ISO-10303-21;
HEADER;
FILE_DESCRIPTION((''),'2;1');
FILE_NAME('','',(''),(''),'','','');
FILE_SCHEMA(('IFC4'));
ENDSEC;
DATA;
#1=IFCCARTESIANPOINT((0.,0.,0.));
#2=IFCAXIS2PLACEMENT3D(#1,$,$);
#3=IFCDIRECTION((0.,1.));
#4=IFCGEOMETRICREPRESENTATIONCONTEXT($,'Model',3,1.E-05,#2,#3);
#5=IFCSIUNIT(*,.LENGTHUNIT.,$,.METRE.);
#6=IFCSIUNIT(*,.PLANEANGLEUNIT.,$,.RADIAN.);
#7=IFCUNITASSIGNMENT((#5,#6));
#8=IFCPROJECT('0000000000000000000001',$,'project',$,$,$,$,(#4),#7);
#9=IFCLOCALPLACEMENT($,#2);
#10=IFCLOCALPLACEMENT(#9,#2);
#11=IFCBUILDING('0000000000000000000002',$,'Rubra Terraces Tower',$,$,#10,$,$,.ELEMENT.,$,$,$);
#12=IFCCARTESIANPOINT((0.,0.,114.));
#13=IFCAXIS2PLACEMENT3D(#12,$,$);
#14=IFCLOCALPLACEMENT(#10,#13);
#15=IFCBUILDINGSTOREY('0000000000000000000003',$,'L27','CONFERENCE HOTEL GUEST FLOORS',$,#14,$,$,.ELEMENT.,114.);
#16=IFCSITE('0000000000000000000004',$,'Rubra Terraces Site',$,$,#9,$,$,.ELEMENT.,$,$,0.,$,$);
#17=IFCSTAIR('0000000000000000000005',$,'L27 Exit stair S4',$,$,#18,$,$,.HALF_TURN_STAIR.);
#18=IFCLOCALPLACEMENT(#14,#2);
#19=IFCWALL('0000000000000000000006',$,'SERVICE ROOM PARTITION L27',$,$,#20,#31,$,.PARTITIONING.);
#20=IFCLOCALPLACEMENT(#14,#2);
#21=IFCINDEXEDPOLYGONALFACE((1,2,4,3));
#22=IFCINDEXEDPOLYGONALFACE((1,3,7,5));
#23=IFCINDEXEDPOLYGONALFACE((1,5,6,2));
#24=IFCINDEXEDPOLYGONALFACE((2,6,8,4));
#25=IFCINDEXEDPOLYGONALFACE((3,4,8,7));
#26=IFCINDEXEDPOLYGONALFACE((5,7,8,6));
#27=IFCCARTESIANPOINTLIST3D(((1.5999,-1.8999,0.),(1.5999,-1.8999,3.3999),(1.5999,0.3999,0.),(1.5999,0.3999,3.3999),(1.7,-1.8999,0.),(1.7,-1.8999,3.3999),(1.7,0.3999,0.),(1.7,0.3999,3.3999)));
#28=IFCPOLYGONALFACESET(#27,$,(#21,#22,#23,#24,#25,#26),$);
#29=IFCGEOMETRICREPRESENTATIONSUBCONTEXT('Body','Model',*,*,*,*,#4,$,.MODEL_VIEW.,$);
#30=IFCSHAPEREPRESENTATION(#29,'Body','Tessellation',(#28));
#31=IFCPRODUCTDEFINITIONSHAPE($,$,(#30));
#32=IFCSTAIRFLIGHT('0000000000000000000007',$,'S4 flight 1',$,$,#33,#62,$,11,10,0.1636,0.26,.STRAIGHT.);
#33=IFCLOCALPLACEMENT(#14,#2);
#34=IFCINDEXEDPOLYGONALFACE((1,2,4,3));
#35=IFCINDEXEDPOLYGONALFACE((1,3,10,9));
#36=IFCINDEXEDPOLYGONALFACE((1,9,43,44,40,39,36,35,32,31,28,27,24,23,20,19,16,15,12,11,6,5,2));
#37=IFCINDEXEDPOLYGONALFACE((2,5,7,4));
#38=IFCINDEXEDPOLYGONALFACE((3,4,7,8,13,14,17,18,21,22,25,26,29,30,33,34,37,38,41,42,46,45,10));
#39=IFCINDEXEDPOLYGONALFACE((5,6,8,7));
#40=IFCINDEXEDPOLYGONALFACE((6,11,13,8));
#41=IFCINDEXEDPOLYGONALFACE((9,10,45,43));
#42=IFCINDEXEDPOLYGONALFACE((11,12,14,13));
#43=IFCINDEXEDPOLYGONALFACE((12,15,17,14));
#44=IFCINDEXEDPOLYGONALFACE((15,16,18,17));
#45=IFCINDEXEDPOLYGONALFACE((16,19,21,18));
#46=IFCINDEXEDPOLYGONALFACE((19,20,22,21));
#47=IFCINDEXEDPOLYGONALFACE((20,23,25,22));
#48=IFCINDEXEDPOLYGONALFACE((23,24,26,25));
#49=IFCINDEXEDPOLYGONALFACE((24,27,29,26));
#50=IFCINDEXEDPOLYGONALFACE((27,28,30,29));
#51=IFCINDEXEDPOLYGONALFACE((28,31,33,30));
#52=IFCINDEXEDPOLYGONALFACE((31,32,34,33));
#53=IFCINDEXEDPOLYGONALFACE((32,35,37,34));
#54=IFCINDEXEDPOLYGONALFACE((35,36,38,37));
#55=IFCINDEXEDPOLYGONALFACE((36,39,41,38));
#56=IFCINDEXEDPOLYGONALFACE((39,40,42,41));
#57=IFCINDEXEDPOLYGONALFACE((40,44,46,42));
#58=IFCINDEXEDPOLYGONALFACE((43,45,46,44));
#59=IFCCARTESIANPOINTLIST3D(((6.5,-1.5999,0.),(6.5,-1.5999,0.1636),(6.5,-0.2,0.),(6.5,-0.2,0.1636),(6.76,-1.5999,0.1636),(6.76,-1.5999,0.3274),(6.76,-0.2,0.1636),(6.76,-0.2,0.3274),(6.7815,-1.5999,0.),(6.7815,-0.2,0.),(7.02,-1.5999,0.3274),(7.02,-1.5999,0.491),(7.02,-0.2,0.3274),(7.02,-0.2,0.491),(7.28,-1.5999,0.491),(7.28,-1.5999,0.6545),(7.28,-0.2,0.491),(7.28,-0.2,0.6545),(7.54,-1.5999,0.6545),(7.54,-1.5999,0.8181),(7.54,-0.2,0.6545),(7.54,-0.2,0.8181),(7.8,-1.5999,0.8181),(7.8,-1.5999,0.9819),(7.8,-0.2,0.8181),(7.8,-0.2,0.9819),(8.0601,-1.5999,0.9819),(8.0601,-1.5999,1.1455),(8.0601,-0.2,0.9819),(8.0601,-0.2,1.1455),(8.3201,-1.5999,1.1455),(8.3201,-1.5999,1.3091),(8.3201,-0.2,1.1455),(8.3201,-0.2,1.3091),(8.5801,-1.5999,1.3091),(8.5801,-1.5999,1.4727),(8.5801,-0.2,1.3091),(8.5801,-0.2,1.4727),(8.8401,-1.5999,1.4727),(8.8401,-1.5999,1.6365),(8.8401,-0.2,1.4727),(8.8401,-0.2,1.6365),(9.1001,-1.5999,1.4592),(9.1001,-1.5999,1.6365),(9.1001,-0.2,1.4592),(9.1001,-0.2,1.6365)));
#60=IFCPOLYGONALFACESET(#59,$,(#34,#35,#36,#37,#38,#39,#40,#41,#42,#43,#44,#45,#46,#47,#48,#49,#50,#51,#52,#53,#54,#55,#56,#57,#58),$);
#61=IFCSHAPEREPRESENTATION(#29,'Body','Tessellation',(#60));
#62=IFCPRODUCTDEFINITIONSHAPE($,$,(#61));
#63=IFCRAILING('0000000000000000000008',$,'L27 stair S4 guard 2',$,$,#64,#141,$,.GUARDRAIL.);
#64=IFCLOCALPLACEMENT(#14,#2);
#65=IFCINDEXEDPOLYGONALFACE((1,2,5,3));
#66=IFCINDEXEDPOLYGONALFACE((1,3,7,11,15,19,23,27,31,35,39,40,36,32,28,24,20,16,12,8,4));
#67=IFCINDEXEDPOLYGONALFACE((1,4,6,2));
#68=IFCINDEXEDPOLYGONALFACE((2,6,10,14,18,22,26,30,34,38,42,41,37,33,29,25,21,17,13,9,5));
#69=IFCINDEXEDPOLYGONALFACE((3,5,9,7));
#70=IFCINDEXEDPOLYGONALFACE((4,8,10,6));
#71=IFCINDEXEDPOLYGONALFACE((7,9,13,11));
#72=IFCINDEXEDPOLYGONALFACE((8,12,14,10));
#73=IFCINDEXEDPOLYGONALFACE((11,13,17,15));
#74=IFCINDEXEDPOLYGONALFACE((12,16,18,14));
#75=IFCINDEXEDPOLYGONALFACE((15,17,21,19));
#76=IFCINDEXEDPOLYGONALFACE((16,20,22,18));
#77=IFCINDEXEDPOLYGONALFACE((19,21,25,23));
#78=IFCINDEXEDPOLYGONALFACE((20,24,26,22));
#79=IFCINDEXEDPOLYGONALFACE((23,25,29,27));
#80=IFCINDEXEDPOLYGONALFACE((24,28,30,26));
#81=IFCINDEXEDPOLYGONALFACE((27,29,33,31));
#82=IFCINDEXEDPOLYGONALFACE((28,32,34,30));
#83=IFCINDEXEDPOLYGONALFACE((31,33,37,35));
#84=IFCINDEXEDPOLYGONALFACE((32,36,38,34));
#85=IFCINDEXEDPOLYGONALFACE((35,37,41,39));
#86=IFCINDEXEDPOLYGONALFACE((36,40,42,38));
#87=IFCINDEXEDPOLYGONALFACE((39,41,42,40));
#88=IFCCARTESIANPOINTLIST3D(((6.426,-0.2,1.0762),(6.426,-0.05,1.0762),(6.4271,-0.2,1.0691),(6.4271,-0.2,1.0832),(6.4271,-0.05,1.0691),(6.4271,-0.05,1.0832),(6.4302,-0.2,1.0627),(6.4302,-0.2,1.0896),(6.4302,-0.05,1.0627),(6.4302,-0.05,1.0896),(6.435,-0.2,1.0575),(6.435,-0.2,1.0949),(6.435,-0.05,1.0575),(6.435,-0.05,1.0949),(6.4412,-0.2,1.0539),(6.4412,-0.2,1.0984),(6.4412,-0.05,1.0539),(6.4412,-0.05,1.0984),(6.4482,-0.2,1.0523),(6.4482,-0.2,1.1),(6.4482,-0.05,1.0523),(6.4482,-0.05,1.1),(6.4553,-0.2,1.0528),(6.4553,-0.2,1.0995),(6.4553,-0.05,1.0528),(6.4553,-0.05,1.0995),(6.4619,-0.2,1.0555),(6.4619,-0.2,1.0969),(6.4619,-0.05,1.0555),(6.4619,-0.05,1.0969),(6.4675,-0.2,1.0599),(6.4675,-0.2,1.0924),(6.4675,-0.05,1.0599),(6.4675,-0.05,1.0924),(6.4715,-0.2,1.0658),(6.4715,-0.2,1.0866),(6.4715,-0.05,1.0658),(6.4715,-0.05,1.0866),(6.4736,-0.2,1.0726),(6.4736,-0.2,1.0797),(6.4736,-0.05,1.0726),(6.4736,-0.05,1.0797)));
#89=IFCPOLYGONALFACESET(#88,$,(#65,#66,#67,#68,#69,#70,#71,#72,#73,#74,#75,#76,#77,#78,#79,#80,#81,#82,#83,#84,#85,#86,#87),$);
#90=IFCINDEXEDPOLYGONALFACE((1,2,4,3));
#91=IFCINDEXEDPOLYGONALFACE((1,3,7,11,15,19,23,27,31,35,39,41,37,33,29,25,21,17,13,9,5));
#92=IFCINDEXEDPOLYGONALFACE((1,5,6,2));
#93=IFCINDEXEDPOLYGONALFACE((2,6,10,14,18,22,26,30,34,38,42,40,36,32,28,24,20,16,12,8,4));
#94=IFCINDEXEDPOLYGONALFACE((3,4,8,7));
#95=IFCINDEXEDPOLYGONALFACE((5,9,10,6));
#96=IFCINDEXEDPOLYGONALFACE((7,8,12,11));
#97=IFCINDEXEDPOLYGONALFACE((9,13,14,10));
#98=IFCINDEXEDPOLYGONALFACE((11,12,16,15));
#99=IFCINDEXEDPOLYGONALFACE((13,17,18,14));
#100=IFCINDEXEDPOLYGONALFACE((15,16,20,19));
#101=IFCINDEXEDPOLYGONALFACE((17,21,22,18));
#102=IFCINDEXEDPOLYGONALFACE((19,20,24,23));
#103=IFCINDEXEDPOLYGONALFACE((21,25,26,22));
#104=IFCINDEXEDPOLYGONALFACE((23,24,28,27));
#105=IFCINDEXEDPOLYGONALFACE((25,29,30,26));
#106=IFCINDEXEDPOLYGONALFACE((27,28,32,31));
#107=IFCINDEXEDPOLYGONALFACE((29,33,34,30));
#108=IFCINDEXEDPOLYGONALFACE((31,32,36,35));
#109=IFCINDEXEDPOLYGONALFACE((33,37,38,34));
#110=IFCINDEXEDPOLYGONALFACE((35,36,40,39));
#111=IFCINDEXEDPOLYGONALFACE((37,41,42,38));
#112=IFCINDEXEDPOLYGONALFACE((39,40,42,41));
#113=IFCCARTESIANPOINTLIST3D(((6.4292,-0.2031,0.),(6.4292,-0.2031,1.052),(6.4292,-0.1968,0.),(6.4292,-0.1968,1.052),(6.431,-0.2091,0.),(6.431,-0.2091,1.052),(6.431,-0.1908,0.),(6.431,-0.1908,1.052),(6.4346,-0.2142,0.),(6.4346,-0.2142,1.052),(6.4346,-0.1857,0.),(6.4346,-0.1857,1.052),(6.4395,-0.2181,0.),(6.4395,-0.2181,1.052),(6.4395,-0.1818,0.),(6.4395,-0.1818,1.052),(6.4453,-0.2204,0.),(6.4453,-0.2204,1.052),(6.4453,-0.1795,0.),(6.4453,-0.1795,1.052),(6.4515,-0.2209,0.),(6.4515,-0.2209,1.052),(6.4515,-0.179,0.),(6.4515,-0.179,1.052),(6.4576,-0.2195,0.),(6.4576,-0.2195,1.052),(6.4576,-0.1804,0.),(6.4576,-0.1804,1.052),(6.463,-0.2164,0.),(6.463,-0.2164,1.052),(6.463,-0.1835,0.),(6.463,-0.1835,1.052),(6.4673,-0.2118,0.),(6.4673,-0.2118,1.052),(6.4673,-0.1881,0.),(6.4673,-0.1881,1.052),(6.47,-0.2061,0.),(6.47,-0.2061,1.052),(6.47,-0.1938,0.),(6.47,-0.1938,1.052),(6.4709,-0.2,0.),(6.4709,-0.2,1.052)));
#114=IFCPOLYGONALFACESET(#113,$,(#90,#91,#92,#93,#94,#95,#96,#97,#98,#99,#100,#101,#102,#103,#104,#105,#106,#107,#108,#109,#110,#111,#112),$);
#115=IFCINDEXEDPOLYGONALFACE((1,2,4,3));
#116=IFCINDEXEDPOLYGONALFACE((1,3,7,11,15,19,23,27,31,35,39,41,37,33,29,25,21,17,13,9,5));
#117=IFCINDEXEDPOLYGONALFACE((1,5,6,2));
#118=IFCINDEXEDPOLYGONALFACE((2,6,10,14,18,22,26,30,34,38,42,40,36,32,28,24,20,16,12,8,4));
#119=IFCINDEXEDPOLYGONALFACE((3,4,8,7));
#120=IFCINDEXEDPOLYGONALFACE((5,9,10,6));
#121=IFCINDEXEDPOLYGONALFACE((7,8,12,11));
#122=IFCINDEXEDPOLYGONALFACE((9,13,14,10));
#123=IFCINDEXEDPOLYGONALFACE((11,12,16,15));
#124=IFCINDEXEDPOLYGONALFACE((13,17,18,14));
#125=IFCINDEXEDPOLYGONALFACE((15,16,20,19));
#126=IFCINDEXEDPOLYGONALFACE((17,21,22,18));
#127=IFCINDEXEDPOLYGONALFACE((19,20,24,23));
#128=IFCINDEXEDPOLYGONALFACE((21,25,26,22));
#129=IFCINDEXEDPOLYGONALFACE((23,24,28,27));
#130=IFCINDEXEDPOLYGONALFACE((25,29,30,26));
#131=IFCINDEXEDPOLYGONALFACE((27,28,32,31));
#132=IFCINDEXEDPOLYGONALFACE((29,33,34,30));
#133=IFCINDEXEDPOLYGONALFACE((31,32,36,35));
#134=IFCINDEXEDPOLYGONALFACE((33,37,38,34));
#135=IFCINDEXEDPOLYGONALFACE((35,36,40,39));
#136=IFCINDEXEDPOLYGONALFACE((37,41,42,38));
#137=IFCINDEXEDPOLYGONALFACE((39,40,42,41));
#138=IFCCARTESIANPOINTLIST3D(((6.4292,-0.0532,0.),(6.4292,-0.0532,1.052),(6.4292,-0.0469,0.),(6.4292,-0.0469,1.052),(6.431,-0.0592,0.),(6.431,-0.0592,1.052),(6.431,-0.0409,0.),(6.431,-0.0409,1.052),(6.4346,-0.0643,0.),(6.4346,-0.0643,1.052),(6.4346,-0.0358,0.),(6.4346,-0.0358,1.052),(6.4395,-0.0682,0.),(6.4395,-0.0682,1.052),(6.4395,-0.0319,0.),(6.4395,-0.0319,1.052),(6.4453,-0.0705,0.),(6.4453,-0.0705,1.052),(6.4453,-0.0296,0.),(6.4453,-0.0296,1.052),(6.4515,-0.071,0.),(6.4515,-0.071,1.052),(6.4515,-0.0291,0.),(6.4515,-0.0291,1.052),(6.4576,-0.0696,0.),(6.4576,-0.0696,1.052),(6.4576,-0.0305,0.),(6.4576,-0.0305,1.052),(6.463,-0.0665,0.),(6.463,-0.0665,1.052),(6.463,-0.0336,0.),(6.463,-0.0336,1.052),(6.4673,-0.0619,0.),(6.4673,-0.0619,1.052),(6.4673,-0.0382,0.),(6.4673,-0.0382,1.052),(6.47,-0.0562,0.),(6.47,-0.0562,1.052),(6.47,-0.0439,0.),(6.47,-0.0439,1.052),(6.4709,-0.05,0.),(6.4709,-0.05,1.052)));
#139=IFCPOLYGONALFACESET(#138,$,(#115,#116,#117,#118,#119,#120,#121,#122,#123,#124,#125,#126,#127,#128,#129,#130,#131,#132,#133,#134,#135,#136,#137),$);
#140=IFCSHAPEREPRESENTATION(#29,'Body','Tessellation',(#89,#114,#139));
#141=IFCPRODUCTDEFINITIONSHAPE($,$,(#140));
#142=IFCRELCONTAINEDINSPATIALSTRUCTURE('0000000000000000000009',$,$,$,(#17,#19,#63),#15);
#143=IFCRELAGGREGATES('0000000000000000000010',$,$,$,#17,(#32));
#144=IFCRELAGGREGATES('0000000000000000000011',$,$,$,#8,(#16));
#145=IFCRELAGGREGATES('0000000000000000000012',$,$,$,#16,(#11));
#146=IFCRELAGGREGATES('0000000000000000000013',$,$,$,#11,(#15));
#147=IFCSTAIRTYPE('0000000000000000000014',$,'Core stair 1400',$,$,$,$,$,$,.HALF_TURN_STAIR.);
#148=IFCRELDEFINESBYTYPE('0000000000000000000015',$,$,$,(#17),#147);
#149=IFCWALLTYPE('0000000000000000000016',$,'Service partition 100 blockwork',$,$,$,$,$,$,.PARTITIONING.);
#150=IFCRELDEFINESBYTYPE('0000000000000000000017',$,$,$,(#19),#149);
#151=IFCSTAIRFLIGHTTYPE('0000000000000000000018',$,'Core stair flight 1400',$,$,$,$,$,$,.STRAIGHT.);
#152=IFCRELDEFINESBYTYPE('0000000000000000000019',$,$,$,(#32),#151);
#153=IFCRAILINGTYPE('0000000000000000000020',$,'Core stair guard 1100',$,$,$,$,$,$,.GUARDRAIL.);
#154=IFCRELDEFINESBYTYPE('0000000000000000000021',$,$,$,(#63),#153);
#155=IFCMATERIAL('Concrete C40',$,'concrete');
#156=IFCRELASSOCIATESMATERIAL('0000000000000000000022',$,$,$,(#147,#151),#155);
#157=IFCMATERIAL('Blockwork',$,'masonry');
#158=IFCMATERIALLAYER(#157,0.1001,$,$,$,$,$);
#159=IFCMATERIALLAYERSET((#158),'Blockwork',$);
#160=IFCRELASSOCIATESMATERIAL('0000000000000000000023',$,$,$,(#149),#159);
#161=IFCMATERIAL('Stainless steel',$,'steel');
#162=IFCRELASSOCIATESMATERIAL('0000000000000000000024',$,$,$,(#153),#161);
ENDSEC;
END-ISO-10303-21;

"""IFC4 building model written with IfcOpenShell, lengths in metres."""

from ifc_helpers import new_model, si_unit, direction, frame, frame_2d, origin, origin_2d, place, context, subcontext, project, spatial, polyline, rectangle, circle, outline, extrude, material, layer, layer_set, type_object, element, aggregate, save


model = new_model("IFC4")

# Units and contexts
model_context = context("Model", 3, precision=1e-05, world=origin(), true_north=direction((0.0, 1.0)))
body_context = subcontext(model_context, "Body", "Model", "MODEL_VIEW")
ifc_project = project(units=[si_unit("LENGTHUNIT", "METRE"), si_unit("PLANEANGLEUNIT", "RADIAN")], contexts=[model_context])

# Site, building, storey
site_placement = place(None, origin())
site = spatial("IfcSite", under=ifc_project, at=site_placement, Name="Rubra Terraces Site", CompositionType="ELEMENT", RefElevation=0.0)
building_placement = place(site_placement, origin())
building = spatial("IfcBuilding", under=site, at=building_placement, Name="Rubra Terraces Tower", CompositionType="ELEMENT")
storey_placement = place(building_placement, frame((0.0, 0.0, 114.0)))
storey = spatial("IfcBuildingStorey", under=building, at=storey_placement, Name="L27", Description="CONFERENCE HOTEL GUEST FLOORS", CompositionType="ELEMENT", Elevation=114.0)

# Shared definitions
ifc_material_1 = material(Name="Concrete C40", Category="concrete")

# Stair
stair_type = type_object("IfcStairType", Name="Core stair 1400", PredefinedType="HALF_TURN_STAIR", material=ifc_material_1)
stair_1_placement = place(storey_placement, origin())
stair_1 = element("IfcStair", 1, at=stair_1_placement, inside=storey, type_object=stair_type, Name="L27 Exit stair S4", PredefinedType="HALF_TURN_STAIR")

# Wall
ifc_material_2 = material(Name="Blockwork", Category="masonry")
ifc_layer_1 = layer(ifc_material_2, 0.1001)
ifc_layer_set_1 = layer_set([ifc_layer_1], Name="Blockwork")
wall_type_1 = type_object("IfcWallType", Name="Service partition 100 blockwork", PredefinedType="PARTITIONING", material=ifc_layer_set_1)
for number, where, z_axis, x_axis, name in (
    (2, (1.6499, -1.8999, 0.0), (0.0, 0.0, 1.0), (0.0, 1.0, 0.0), "SERVICE ROOM PARTITION L27"),
):
    element("IfcWall", number, at=place(storey_placement, frame(where, z_axis=z_axis, x_axis=x_axis)), inside=storey, type_object=wall_type_1, Name=name, PredefinedType="PARTITIONING", context=body_context, shape_type="SweptSolid", body=[
        extrude(rectangle(XDim=2.2998, YDim=0.1001, at=frame_2d((1.1499, 0.0))), origin(), (0.0, 0.0, 1.0), 3.3999),
    ])

# Stair flight
stair_flight_type = type_object("IfcStairFlightType", Name="Core stair flight 1400", PredefinedType="STRAIGHT", material=ifc_material_1)
stair_flight_placement = place(storey_placement, frame((6.5, -0.8999, 0.0), z_axis=(0.0, 0.0, 1.0), x_axis=(1.0, 0.0, 0.0)))
stair_flight = element("IfcStairFlight", 3, at=stair_flight_placement, type_object=stair_flight_type, Name="S4 flight 1", NumberOfRisers=11, NumberOfTreads=10, PredefinedType="STRAIGHT", RiserHeight=0.1636, TreadLength=0.26, context=body_context, shape_type="SweptSolid", body=[
    extrude(outline(polyline([(0.0, 0.0), (0.0, 0.1636), (0.26, 0.1636), (0.26, 0.3274), (0.52, 0.3274), (0.52, 0.491), (0.78, 0.491), (0.78, 0.6545), (1.04, 0.6545), (1.04, 0.8181), (1.3, 0.8181), (1.3, 0.9819), (1.5601, 0.9819), (1.5601, 1.1455), (1.8201, 1.1455), (1.8201, 1.3091), (2.0801, 1.3091), (2.0801, 1.4727), (2.3401, 1.4727), (2.3401, 1.6365), (2.6001, 1.6365), (2.6001, 1.8), (2.6001, 1.4592), (0.2815, 0.0), (0.0, 0.0)])), frame((0.0, 0.7, 0.0), z_axis=(0.0, -1.0, 0.0), x_axis=(1.0, 0.0, 0.0)), (0.0, 0.0, 1.0), 1.3999),
])
aggregate(stair_1, [stair_flight])

# Railing
ifc_material_3 = material(Name="Stainless steel", Category="steel")
railing_type_1 = type_object("IfcRailingType", Name="Core stair guard 1100", PredefinedType="GUARDRAIL", material=ifc_material_3)
railing_1_placement = place(storey_placement, frame((6.45, -0.2, 0.0)))
element("IfcRailing", 4, at=railing_1_placement, inside=storey, type_object=railing_type_1, Name="L27 stair S4 guard 2", PredefinedType="GUARDRAIL", context=body_context, shape_type="SweptSolid", body=[
    extrude(circle(Radius=0.0239, at=origin_2d()), frame((0.0, 0.0, 1.0762), z_axis=(0.0, 1.0, 0.0), x_axis=(-1.0, 0.0, 0.0)), (0.0, 0.0, 1.0), 0.1499),
    extrude(circle(Radius=0.021, at=origin_2d()), origin(), (0.0, 0.0, 1.0), 1.052),
    extrude(circle(Radius=0.021, at=origin_2d()), frame((0.0, 0.1499, 0.0)), (0.0, 0.0, 1.0), 1.052),
])

save(model, "model.ifc")
